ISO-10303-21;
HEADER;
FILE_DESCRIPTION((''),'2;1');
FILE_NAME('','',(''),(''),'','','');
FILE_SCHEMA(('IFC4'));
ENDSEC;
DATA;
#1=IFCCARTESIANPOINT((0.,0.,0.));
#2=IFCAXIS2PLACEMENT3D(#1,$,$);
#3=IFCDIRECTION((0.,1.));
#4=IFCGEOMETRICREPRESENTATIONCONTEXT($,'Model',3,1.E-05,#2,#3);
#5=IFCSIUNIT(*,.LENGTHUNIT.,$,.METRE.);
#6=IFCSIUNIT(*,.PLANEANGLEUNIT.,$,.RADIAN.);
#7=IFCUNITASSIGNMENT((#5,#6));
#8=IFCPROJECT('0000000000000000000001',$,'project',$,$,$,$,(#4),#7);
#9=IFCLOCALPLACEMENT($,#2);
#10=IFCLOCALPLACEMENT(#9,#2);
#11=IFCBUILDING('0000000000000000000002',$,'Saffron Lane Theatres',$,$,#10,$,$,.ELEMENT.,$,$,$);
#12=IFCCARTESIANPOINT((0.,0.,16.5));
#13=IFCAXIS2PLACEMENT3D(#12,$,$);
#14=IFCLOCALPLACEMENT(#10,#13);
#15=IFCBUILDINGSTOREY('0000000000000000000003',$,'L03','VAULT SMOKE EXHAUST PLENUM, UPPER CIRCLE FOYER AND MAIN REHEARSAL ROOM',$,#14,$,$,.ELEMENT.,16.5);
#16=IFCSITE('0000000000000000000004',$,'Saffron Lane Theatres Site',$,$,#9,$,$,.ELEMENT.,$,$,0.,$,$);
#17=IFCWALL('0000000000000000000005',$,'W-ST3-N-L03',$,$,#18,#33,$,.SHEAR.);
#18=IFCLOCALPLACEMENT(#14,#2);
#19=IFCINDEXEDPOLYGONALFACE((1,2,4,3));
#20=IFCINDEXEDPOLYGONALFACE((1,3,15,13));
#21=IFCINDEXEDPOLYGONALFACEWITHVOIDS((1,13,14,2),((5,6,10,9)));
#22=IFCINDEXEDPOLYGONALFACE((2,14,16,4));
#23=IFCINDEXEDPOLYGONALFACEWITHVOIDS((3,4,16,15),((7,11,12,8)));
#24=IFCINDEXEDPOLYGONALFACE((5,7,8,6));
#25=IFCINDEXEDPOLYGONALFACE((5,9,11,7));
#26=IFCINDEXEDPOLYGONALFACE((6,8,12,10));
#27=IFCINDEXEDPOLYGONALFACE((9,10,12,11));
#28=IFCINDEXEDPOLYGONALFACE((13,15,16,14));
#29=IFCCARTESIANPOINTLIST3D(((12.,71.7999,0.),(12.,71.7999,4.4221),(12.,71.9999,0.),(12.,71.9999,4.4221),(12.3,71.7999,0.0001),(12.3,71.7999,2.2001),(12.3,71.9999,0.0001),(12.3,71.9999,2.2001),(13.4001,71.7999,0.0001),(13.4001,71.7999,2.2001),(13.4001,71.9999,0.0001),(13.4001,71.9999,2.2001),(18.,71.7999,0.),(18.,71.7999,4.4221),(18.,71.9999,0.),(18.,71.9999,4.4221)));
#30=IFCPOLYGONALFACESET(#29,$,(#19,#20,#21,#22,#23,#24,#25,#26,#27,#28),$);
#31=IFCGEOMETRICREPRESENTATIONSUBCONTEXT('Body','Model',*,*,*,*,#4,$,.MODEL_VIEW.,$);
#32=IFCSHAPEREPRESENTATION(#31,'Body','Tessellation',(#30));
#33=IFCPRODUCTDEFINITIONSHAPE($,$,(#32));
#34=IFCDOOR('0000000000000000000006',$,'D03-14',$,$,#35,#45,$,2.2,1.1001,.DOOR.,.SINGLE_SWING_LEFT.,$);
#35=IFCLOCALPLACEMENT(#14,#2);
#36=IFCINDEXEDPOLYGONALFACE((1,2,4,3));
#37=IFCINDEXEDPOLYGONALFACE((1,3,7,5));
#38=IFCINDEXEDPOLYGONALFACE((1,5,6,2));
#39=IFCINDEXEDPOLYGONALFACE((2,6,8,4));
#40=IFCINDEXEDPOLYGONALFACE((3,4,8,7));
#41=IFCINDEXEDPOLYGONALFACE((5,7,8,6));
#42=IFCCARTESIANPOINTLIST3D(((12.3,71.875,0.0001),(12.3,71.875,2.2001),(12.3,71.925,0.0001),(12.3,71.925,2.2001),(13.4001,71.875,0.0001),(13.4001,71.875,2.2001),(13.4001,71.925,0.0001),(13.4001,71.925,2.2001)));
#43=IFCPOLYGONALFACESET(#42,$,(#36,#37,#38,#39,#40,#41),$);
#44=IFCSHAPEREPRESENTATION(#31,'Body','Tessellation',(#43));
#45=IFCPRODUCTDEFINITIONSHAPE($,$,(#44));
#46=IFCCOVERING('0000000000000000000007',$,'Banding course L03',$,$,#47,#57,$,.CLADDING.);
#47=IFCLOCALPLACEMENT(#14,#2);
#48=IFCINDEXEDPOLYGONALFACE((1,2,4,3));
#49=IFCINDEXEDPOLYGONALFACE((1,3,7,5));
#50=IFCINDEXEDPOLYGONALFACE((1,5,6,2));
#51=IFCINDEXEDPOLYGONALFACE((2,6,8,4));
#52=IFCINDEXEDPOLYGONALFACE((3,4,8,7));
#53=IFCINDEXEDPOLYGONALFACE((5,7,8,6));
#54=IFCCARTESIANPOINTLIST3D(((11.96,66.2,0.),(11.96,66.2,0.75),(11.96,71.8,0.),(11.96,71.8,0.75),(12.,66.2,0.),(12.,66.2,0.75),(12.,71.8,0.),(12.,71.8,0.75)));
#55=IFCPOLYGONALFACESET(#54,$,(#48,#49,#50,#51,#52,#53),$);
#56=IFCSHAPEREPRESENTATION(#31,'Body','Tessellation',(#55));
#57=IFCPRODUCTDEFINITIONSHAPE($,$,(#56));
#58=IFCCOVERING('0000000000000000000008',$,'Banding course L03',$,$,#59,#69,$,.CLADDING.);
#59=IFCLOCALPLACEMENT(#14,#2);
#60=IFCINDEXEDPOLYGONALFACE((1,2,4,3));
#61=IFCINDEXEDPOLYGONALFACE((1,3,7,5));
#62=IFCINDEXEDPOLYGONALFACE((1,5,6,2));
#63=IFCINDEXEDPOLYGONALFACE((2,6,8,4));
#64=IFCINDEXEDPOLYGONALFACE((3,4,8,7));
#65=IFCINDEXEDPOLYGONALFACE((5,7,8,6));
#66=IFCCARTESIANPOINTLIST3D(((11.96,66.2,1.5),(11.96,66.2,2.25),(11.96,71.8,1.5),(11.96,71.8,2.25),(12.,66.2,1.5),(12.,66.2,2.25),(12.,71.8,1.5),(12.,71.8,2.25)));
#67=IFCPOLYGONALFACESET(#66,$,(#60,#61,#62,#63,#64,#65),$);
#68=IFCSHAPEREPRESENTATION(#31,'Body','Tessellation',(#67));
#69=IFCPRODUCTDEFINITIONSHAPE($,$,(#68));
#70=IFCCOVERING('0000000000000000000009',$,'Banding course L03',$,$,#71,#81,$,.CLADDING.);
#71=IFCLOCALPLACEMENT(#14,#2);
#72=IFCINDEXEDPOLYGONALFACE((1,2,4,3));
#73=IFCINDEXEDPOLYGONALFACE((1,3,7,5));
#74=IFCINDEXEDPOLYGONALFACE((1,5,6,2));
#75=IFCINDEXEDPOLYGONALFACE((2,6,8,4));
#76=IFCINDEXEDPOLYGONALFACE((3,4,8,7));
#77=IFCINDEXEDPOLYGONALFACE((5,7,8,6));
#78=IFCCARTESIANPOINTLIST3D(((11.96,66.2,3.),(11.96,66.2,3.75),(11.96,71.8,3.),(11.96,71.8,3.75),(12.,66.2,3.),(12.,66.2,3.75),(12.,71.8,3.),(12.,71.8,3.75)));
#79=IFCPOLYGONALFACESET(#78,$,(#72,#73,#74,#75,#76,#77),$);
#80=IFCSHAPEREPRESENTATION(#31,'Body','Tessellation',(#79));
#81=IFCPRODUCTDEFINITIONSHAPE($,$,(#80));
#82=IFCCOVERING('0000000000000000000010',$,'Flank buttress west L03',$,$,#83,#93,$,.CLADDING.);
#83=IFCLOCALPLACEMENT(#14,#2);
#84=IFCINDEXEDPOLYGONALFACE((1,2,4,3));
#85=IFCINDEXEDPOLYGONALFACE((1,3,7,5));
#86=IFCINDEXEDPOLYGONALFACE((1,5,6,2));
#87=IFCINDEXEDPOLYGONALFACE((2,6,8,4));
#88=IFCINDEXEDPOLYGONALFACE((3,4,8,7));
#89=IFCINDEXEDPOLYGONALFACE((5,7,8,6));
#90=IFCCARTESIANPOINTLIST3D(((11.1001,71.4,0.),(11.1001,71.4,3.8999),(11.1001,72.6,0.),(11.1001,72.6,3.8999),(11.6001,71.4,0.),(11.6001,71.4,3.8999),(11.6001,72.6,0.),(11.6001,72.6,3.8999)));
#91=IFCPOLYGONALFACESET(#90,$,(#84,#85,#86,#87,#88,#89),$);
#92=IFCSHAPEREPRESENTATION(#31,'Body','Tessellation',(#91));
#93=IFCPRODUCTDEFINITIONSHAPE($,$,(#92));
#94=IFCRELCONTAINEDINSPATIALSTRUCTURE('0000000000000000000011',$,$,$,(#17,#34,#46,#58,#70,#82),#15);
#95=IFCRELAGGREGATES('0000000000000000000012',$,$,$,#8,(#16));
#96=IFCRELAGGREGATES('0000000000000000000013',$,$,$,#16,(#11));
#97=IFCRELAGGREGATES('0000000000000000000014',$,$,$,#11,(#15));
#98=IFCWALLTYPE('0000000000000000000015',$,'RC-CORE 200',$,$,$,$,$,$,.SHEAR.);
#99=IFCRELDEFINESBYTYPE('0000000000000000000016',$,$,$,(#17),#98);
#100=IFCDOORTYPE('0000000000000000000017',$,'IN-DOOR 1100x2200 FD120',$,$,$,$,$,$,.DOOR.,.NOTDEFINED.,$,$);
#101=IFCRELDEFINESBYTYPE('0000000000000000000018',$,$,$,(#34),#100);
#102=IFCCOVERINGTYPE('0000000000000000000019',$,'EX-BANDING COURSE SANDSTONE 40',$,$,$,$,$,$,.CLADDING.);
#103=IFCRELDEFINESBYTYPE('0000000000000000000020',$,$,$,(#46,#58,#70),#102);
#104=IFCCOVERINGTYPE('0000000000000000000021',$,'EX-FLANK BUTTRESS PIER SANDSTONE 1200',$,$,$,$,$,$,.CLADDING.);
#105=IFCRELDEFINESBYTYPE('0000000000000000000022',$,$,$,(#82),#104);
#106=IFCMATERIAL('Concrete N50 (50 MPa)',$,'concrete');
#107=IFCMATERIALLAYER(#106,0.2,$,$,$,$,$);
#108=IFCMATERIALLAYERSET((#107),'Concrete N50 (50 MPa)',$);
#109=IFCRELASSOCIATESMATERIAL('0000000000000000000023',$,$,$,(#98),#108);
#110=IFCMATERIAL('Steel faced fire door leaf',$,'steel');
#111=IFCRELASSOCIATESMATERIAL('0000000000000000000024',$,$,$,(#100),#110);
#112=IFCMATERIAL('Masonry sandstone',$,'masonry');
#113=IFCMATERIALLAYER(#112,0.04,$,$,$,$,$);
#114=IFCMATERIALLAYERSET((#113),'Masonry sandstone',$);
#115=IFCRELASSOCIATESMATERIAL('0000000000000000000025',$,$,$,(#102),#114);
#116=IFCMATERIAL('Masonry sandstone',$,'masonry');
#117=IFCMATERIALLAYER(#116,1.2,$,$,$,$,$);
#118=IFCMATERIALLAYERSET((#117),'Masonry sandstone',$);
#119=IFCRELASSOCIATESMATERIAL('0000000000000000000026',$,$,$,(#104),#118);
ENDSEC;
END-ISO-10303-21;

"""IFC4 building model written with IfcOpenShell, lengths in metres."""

from ifc_helpers import new_model, si_unit, direction, frame, frame_2d, origin, origin_2d, place, context, subcontext, project, spatial, rectangle, extrude, material, layer, layer_set, type_object, element, fill, save


model = new_model("IFC4")

# Units and contexts
model_context = context("Model", 3, precision=1e-05, world=origin(), true_north=direction((0.0, 1.0)))
body_context = subcontext(model_context, "Body", "Model", "MODEL_VIEW")
ifc_project = project(units=[si_unit("LENGTHUNIT", "METRE"), si_unit("PLANEANGLEUNIT", "RADIAN")], contexts=[model_context])

# Site, building, storey
site_placement = place(None, origin())
site = spatial("IfcSite", under=ifc_project, at=site_placement, Name="Saffron Lane Theatres Site", CompositionType="ELEMENT", RefElevation=0.0)
building_placement = place(site_placement, origin())
building = spatial("IfcBuilding", under=site, at=building_placement, Name="Saffron Lane Theatres", CompositionType="ELEMENT")
storey_placement = place(building_placement, frame((0.0, 0.0, 16.5)))
storey = spatial("IfcBuildingStorey", under=building, at=storey_placement, Name="L03", Description="VAULT SMOKE EXHAUST PLENUM, UPPER CIRCLE FOYER AND MAIN REHEARSAL ROOM", CompositionType="ELEMENT", Elevation=16.5)

# Wall, opening, door
ifc_material_1 = material(Name="Concrete N50 (50 MPa)", Category="concrete")
ifc_layer_1 = layer(ifc_material_1, 0.2)
ifc_layer_set_1 = layer_set([ifc_layer_1], Name="Concrete N50 (50 MPa)")
wall_type_1 = type_object("IfcWallType", Name="RC-CORE 200", PredefinedType="SHEAR", material=ifc_layer_set_1)
wall_1_placement = place(storey_placement, frame((12.0, 71.8999, 0.0), z_axis=(0.0, 0.0, 1.0), x_axis=(1.0, 0.0, 0.0)))
wall_1 = element("IfcWall", 1, at=wall_1_placement, inside=storey, type_object=wall_type_1, Name="W-ST3-N-L03", PredefinedType="SHEAR", context=body_context, shape_type="SweptSolid", body=[
    extrude(rectangle(XDim=6.0, YDim=0.2, at=frame_2d((3.0, 0.0))), origin(), (0.0, 0.0, 1.0), 4.4221),
])
opening_1_placement = place(wall_1_placement, frame((0.3, 0.0, 0.0)))
opening_1 = element("IfcOpeningElement", 2, at=opening_1_placement, cuts=wall_1, PredefinedType="OPENING", context=body_context, shape_type="SweptSolid", body=[
    extrude(rectangle(XDim=1.1001, YDim=2.2, at=frame_2d((0.55, 1.1001))), frame((0.0, 0.1099, 0.0), z_axis=(0.0, -1.0, 0.0), x_axis=(1.0, 0.0, 0.0)), (0.0, 0.0, 1.0), 0.22),
])
ifc_material_2 = material(Name="Steel faced fire door leaf", Category="steel")
door_type = type_object("IfcDoorType", Name="IN-DOOR 1100x2200 FD120", OperationType="NOTDEFINED", PredefinedType="DOOR", material=ifc_material_2)
door_placement = place(opening_1_placement, frame((1.1001, 0.0, 0.0), z_axis=(0.0, 0.0, 1.0), x_axis=(-1.0, 0.0, 0.0)))
door = element("IfcDoor", 3, at=door_placement, inside=storey, type_object=door_type, Name="D03-14", OperationType="SINGLE_SWING_LEFT", OverallHeight=2.2, OverallWidth=1.1001, PredefinedType="DOOR", context=body_context, shape_type="SweptSolid", body=[
    extrude(rectangle(XDim=1.1001, YDim=2.2, at=frame_2d((0.55, 1.1001))), frame((0.0, 0.0249, 0.0), z_axis=(0.0, -1.0, 0.0), x_axis=(1.0, 0.0, 0.0)), (0.0, 0.0, 1.0), 0.05),
])
fill(opening_1, door)

# Coverings
ifc_material_3 = material(Name="Masonry sandstone", Category="masonry")
ifc_layer_2 = layer(ifc_material_3, 0.04)
ifc_layer_set_2 = layer_set([ifc_layer_2], Name="Masonry sandstone")
covering_type_1 = type_object("IfcCoveringType", Name="EX-BANDING COURSE SANDSTONE 40", PredefinedType="CLADDING", material=ifc_layer_set_2)
for number, where, z_axis, x_axis, name in (
    (4, (11.98, 69.0, 0.0), (0.0, 0.0, 1.0), (0.0, 1.0, 0.0), "Banding course L03"),
    (5, (11.98, 69.0, 1.5), (0.0, 0.0, 1.0), (0.0, 1.0, 0.0), "Banding course L03"),
    (6, (11.98, 69.0, 3.0), (0.0, 0.0, 1.0), (0.0, 1.0, 0.0), "Banding course L03"),
):
    element("IfcCovering", number, at=place(storey_placement, frame(where, z_axis=z_axis, x_axis=x_axis)), inside=storey, type_object=covering_type_1, Name=name, PredefinedType="CLADDING", context=body_context, shape_type="SweptSolid", body=[
        extrude(rectangle(XDim=5.6001, YDim=0.04, at=origin_2d()), origin(), (0.0, 0.0, 1.0), 0.75),
    ])
ifc_material_4 = material(Name="Masonry sandstone", Category="masonry")
ifc_layer_3 = layer(ifc_material_4, 1.2)
ifc_layer_set_3 = layer_set([ifc_layer_3], Name="Masonry sandstone")
covering_type_2 = type_object("IfcCoveringType", Name="EX-FLANK BUTTRESS PIER SANDSTONE 1200", PredefinedType="CLADDING", material=ifc_layer_set_3)
covering_placement = place(storey_placement, frame((11.3501, 72.0, 0.0), z_axis=(0.0, 0.0, 1.0), x_axis=(0.0, 1.0, 0.0)))
element("IfcCovering", 7, at=covering_placement, inside=storey, type_object=covering_type_2, Name="Flank buttress west L03", PredefinedType="CLADDING", context=body_context, shape_type="SweptSolid", body=[
    extrude(rectangle(XDim=1.2, YDim=0.5, at=origin_2d()), origin(), (0.0, 0.0, 1.0), 3.8999),
])

save(model, "model.ifc")
